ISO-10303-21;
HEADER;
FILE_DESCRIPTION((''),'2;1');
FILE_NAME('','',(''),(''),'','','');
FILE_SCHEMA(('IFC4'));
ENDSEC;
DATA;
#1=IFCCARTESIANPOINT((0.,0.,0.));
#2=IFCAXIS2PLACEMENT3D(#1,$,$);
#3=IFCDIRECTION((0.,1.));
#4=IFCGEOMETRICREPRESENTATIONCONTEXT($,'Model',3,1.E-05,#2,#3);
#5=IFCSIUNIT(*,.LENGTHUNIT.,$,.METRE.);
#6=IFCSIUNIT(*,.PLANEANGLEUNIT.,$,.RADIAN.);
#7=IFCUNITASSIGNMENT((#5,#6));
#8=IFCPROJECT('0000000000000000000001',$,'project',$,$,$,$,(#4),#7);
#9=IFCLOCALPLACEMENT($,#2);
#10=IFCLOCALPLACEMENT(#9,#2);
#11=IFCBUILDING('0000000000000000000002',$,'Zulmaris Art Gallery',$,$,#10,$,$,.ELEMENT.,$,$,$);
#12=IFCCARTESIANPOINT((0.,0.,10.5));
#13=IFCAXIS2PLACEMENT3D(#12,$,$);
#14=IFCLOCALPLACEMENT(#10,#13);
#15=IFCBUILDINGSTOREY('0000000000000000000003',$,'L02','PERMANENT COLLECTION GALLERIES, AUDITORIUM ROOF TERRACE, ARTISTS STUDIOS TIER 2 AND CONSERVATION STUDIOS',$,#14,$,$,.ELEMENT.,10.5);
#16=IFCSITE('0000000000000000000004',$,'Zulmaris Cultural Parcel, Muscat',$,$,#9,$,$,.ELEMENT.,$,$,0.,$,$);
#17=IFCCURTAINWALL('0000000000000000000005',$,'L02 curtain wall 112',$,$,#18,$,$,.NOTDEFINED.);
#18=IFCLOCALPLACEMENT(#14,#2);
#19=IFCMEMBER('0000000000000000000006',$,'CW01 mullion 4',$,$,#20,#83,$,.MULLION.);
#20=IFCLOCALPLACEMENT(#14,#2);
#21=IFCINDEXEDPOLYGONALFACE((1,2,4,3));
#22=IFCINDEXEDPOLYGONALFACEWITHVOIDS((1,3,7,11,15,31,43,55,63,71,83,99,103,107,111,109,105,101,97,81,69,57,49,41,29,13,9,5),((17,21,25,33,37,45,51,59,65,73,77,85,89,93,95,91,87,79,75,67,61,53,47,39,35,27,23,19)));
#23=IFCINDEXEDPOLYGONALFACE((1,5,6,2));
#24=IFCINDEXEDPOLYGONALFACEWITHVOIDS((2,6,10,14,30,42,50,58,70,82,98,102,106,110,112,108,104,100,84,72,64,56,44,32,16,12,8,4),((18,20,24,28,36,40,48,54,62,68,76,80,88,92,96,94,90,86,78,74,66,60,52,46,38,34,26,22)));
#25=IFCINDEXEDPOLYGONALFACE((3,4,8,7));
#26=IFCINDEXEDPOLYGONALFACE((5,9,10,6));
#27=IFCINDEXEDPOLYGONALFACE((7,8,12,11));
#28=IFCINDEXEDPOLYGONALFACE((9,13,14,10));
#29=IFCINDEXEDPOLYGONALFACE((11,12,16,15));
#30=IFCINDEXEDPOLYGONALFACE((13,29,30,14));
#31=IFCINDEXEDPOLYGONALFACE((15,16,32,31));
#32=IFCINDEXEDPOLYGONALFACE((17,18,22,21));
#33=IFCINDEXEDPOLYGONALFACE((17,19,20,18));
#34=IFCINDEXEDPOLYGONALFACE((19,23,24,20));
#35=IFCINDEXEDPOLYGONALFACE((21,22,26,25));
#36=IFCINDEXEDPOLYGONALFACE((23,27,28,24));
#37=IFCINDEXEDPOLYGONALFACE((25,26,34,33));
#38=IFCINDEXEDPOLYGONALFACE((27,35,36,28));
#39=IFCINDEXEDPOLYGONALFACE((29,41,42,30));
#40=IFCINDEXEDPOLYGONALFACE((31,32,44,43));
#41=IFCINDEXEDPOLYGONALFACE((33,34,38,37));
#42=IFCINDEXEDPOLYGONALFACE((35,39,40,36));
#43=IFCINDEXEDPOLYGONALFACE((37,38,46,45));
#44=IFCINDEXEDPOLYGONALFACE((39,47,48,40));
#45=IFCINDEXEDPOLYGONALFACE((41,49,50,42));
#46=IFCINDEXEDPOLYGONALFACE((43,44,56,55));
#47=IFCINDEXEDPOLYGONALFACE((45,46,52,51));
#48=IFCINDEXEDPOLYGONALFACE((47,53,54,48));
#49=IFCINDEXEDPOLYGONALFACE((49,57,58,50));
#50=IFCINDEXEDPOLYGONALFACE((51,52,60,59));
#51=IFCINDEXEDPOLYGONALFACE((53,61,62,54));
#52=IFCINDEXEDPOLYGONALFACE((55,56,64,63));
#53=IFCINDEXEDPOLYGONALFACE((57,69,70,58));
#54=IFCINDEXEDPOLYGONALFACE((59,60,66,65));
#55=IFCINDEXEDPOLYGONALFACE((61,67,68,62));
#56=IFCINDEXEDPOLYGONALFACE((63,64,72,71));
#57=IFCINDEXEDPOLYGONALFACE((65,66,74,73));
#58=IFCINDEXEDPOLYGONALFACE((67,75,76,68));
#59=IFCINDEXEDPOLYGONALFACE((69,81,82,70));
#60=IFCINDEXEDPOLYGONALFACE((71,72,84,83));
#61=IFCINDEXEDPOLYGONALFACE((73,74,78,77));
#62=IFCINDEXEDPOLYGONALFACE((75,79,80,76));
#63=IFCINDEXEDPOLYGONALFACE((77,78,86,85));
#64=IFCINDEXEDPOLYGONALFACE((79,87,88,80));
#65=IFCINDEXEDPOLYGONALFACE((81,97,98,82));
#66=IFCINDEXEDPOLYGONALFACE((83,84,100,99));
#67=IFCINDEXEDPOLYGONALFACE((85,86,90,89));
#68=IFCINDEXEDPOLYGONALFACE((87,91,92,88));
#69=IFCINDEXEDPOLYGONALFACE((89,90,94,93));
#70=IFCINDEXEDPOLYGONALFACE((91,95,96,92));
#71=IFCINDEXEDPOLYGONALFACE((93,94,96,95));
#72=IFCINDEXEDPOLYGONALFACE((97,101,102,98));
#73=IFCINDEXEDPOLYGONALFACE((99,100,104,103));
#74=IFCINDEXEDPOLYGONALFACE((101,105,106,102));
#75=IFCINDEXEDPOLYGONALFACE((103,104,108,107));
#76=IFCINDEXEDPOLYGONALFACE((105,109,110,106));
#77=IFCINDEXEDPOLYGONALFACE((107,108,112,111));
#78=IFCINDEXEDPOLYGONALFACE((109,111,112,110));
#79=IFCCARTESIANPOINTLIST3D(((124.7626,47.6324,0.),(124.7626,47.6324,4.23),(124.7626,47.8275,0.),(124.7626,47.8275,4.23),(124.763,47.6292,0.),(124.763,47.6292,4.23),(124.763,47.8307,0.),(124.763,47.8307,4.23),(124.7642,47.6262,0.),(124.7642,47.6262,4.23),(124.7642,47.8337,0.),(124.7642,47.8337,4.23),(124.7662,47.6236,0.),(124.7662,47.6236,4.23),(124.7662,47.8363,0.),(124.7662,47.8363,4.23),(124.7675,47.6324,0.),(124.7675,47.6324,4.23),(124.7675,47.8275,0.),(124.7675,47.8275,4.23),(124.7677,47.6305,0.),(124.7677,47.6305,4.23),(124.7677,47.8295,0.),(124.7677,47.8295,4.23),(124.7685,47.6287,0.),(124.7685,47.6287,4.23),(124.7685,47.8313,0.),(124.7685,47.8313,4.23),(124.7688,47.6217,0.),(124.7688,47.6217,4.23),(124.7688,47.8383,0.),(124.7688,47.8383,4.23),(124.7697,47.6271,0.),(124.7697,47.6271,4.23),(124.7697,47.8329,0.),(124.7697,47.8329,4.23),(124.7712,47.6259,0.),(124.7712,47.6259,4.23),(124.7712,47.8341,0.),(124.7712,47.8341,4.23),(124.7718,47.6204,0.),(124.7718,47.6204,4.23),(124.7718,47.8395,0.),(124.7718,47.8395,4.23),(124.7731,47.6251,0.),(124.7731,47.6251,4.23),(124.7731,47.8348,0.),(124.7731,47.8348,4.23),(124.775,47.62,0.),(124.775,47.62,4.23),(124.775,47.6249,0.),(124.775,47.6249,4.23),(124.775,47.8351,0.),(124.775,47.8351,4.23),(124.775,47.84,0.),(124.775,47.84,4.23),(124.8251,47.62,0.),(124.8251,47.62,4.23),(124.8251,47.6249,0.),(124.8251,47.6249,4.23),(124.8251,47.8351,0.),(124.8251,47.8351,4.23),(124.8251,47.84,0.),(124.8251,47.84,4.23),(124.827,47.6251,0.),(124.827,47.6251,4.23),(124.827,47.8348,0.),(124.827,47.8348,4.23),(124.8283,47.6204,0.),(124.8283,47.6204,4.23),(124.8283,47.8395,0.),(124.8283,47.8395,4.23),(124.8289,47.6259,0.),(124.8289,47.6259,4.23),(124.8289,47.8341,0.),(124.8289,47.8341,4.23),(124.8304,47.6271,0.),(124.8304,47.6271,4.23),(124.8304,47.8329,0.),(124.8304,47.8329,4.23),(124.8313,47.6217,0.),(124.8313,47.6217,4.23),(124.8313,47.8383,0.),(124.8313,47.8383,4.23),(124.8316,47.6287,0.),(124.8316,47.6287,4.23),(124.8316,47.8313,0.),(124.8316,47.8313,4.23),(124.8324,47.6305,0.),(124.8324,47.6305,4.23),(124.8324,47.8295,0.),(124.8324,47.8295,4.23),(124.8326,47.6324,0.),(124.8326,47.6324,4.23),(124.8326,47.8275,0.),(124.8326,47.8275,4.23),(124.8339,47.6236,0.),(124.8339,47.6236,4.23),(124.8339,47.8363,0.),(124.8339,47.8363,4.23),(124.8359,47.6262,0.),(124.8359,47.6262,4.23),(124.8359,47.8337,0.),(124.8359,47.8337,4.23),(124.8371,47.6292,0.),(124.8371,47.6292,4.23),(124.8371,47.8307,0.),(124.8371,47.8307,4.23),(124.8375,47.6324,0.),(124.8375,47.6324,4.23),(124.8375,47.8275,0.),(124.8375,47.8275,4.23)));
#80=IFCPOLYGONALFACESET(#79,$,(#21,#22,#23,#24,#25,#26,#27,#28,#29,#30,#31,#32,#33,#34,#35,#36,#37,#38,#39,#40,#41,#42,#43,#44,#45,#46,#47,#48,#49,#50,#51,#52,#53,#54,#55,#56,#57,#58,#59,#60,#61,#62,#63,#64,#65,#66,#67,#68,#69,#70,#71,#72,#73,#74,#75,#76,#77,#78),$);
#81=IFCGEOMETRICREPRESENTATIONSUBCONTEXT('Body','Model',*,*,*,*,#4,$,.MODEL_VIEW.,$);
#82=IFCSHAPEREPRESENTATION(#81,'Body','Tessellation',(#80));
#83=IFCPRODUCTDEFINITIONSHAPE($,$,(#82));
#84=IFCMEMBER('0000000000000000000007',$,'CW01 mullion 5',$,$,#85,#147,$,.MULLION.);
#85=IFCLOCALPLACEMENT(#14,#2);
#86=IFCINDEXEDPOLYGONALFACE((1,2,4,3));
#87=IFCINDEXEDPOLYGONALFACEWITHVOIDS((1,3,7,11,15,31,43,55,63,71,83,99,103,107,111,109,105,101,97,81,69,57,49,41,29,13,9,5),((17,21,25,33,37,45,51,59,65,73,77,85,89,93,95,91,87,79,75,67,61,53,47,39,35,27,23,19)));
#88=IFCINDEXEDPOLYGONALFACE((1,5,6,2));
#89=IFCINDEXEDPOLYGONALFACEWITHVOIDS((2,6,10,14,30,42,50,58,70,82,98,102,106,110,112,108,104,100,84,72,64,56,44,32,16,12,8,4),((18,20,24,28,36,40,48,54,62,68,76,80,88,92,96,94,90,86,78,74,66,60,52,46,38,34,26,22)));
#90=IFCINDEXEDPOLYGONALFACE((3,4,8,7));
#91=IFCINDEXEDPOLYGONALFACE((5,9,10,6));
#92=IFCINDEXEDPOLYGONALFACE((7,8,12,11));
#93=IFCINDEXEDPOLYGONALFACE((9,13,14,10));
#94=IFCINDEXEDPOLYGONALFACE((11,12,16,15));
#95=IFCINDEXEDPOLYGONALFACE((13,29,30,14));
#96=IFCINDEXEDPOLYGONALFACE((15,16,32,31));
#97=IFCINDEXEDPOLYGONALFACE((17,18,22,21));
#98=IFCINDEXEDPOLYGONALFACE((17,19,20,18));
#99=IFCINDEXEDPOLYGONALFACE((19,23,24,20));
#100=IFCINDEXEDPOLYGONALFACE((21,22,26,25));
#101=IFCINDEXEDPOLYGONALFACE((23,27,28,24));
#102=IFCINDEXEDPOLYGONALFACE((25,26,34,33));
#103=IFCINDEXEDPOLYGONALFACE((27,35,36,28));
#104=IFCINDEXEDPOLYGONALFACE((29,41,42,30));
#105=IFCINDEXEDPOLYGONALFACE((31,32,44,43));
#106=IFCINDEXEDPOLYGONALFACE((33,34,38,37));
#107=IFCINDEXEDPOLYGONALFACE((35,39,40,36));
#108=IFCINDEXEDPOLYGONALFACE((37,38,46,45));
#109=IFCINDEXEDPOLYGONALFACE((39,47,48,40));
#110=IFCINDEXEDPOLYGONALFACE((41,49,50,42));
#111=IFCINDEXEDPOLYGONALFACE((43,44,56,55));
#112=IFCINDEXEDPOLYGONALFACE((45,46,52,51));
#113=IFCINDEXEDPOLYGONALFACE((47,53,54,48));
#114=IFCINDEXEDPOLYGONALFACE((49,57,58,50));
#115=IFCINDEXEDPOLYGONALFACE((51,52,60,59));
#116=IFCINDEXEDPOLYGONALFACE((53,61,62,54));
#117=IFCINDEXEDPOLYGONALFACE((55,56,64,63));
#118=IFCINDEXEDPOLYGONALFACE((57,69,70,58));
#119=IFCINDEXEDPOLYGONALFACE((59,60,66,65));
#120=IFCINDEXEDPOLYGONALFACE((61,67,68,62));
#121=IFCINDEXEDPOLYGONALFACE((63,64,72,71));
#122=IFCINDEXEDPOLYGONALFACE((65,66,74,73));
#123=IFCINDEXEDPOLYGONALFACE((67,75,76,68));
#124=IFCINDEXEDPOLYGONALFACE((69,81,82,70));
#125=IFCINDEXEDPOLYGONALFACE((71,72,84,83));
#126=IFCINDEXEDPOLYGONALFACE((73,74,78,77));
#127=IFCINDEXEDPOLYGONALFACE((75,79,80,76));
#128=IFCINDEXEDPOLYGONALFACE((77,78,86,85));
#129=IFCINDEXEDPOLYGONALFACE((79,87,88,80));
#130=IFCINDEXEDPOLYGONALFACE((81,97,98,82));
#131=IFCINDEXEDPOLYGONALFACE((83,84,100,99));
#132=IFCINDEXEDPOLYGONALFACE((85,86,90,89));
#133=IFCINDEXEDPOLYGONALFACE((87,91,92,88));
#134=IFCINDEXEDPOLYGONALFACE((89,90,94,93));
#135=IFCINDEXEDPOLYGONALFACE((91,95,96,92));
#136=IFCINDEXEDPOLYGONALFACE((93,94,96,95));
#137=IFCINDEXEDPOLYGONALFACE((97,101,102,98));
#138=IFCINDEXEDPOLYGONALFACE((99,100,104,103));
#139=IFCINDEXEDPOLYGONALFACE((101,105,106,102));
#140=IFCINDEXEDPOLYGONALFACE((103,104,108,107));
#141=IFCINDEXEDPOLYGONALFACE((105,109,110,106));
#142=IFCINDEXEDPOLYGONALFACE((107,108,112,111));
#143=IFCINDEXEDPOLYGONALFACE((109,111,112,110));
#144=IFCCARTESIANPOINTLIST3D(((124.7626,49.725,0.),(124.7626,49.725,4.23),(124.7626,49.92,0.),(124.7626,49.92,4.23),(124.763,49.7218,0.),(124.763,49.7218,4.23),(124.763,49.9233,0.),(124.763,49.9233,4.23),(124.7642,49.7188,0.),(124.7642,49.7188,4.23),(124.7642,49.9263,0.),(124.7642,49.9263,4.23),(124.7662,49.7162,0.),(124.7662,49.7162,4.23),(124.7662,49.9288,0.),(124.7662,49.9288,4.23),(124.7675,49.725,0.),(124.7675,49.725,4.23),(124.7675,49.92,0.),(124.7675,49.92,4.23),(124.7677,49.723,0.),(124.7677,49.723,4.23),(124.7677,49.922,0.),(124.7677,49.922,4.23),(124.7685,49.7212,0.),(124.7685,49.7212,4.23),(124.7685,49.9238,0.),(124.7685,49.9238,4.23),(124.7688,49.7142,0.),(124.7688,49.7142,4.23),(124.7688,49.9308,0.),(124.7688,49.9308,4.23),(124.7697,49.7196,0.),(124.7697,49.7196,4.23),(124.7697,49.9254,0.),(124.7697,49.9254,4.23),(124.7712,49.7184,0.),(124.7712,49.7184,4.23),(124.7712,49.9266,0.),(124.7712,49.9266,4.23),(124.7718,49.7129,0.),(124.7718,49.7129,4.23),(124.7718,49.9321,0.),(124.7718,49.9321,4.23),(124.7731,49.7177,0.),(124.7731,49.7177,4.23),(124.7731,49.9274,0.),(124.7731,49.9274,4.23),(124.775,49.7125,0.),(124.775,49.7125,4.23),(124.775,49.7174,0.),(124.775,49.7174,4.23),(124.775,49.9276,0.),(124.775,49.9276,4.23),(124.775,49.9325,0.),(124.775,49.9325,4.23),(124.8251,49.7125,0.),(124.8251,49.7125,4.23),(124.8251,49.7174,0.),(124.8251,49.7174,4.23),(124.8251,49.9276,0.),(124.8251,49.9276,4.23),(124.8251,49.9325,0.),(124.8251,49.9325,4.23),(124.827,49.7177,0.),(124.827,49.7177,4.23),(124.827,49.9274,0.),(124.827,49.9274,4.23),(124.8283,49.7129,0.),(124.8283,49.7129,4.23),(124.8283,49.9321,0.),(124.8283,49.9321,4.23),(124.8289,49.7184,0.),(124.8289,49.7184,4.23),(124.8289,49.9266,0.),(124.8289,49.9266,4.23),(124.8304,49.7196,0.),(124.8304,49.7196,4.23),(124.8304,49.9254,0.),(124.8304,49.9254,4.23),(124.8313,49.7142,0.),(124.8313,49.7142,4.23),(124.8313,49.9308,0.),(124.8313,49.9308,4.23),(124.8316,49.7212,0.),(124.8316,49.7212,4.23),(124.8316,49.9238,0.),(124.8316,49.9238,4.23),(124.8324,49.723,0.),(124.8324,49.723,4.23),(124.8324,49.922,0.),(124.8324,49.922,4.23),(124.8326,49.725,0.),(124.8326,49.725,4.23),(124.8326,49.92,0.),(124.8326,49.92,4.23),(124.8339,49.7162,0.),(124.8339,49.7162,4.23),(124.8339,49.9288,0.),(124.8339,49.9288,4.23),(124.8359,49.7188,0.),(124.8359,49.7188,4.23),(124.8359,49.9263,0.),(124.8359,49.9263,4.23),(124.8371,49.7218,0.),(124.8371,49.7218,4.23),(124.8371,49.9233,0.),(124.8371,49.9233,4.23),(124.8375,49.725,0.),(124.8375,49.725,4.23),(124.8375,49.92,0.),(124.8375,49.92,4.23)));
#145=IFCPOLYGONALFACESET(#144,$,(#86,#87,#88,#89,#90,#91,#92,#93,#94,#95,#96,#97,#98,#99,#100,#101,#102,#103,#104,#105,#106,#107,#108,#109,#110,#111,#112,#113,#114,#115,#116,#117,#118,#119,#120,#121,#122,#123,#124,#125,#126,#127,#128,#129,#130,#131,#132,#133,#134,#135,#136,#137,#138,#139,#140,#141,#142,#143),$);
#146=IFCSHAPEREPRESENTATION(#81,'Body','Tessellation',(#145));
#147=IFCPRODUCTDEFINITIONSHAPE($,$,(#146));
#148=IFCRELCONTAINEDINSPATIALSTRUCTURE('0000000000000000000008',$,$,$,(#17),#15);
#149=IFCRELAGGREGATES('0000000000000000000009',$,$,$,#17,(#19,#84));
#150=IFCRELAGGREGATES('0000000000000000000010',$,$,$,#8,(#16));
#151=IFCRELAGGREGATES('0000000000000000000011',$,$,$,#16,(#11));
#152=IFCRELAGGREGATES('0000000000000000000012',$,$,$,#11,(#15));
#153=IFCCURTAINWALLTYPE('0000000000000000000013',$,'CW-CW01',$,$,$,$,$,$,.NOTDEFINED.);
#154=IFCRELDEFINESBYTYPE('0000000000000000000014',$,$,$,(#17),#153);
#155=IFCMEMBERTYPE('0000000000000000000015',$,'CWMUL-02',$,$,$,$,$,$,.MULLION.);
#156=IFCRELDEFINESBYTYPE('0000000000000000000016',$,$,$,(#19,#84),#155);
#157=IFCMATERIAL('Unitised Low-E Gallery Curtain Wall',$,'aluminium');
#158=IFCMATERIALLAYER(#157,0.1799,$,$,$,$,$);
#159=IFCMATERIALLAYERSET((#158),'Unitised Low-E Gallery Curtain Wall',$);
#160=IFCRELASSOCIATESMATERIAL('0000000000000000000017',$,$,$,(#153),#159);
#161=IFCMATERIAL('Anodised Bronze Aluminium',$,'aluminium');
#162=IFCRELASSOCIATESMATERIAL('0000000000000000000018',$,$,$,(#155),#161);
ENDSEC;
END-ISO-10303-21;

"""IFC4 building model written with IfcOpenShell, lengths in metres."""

from ifc_helpers import new_model, si_unit, direction, frame, origin, origin_2d, place, context, subcontext, project, spatial, hollow_rectangle, extrude, material, layer, layer_set, material_profile, profile_set, type_object, element, aggregate, save


model = new_model("IFC4")

# Units and contexts
model_context = context("Model", 3, precision=1e-05, world=origin(), true_north=direction((0.0, 1.0)))
body_context = subcontext(model_context, "Body", "Model", "MODEL_VIEW")
ifc_project = project(units=[si_unit("LENGTHUNIT", "METRE"), si_unit("PLANEANGLEUNIT", "RADIAN")], contexts=[model_context])

# Site, building, storey
site_placement = place(None, origin())
site = spatial("IfcSite", under=ifc_project, at=site_placement, Name="Zulmaris Cultural Parcel, Muscat", CompositionType="ELEMENT", RefElevation=0.0)
building_placement = place(site_placement, origin())
building = spatial("IfcBuilding", under=site, at=building_placement, Name="Zulmaris Art Gallery", CompositionType="ELEMENT")
storey_placement = place(building_placement, frame((0.0, 0.0, 10.5)))
storey = spatial("IfcBuildingStorey", under=building, at=storey_placement, Name="L02", Description="PERMANENT COLLECTION GALLERIES, AUDITORIUM ROOF TERRACE, ARTISTS STUDIOS TIER 2 AND CONSERVATION STUDIOS", CompositionType="ELEMENT", Elevation=10.5)

# Curtain wall, members
ifc_material_1 = material(Name="Unitised Low-E Gallery Curtain Wall", Category="aluminium")
ifc_layer_1 = layer(ifc_material_1, 0.1799)
ifc_layer_set_1 = layer_set([ifc_layer_1], Name="Unitised Low-E Gallery Curtain Wall")
curtain_wall_type = type_object("IfcCurtainWallType", Name="CW-CW01", PredefinedType="NOTDEFINED", material=ifc_layer_set_1)
curtain_wall_1_placement = place(storey_placement, origin())
curtain_wall_1 = element("IfcCurtainWall", 1, at=curtain_wall_1_placement, inside=storey, type_object=curtain_wall_type, Name="L02 curtain wall 112", PredefinedType="NOTDEFINED")
ifc_material_2 = material(Name="Anodised Bronze Aluminium", Category="aluminium")
ifc_material_profile_1 = material_profile(ifc_material_2, hollow_rectangle(XDim=0.075, YDim=0.22, WallThickness=0.0049, InnerFilletRadius=0.0076, OuterFilletRadius=0.0125, at=origin_2d()), Name="ALU 75x220x5")
ifc_profile_set_1 = profile_set([ifc_material_profile_1], Name="Anodised Bronze Aluminium")
member_type_1 = type_object("IfcMemberType", Name="CWMUL-02", PredefinedType="MULLION", material=ifc_profile_set_1)
member_1_placement = place(storey_placement, frame((124.8, 47.73, 0.0), z_axis=(0.0, 0.0, 1.0), x_axis=(-1.0, 0.0, 0.0)))
member_1 = element("IfcMember", 2, at=member_1_placement, type_object=member_type_1, Name="CW01 mullion 4", PredefinedType="MULLION", context=body_context, shape_type="SweptSolid", body=[
    extrude(hollow_rectangle(XDim=0.075, YDim=0.22, WallThickness=0.0049, InnerFilletRadius=0.0076, OuterFilletRadius=0.0125, at=origin_2d()), origin(), (0.0, 0.0, 1.0), 4.23),
])
member_2_placement = place(storey_placement, frame((124.8, 49.8225, 0.0), z_axis=(0.0, 0.0, 1.0), x_axis=(-1.0, 0.0, 0.0)))
member_2 = element("IfcMember", 3, at=member_2_placement, type_object=member_type_1, Name="CW01 mullion 5", PredefinedType="MULLION", context=body_context, shape_type="SweptSolid", body=[
    extrude(hollow_rectangle(XDim=0.075, YDim=0.22, WallThickness=0.0049, InnerFilletRadius=0.0076, OuterFilletRadius=0.0125, at=origin_2d()), origin(), (0.0, 0.0, 1.0), 4.23),
])

aggregate(curtain_wall_1, [member_1, member_2])

save(model, "model.ifc")
